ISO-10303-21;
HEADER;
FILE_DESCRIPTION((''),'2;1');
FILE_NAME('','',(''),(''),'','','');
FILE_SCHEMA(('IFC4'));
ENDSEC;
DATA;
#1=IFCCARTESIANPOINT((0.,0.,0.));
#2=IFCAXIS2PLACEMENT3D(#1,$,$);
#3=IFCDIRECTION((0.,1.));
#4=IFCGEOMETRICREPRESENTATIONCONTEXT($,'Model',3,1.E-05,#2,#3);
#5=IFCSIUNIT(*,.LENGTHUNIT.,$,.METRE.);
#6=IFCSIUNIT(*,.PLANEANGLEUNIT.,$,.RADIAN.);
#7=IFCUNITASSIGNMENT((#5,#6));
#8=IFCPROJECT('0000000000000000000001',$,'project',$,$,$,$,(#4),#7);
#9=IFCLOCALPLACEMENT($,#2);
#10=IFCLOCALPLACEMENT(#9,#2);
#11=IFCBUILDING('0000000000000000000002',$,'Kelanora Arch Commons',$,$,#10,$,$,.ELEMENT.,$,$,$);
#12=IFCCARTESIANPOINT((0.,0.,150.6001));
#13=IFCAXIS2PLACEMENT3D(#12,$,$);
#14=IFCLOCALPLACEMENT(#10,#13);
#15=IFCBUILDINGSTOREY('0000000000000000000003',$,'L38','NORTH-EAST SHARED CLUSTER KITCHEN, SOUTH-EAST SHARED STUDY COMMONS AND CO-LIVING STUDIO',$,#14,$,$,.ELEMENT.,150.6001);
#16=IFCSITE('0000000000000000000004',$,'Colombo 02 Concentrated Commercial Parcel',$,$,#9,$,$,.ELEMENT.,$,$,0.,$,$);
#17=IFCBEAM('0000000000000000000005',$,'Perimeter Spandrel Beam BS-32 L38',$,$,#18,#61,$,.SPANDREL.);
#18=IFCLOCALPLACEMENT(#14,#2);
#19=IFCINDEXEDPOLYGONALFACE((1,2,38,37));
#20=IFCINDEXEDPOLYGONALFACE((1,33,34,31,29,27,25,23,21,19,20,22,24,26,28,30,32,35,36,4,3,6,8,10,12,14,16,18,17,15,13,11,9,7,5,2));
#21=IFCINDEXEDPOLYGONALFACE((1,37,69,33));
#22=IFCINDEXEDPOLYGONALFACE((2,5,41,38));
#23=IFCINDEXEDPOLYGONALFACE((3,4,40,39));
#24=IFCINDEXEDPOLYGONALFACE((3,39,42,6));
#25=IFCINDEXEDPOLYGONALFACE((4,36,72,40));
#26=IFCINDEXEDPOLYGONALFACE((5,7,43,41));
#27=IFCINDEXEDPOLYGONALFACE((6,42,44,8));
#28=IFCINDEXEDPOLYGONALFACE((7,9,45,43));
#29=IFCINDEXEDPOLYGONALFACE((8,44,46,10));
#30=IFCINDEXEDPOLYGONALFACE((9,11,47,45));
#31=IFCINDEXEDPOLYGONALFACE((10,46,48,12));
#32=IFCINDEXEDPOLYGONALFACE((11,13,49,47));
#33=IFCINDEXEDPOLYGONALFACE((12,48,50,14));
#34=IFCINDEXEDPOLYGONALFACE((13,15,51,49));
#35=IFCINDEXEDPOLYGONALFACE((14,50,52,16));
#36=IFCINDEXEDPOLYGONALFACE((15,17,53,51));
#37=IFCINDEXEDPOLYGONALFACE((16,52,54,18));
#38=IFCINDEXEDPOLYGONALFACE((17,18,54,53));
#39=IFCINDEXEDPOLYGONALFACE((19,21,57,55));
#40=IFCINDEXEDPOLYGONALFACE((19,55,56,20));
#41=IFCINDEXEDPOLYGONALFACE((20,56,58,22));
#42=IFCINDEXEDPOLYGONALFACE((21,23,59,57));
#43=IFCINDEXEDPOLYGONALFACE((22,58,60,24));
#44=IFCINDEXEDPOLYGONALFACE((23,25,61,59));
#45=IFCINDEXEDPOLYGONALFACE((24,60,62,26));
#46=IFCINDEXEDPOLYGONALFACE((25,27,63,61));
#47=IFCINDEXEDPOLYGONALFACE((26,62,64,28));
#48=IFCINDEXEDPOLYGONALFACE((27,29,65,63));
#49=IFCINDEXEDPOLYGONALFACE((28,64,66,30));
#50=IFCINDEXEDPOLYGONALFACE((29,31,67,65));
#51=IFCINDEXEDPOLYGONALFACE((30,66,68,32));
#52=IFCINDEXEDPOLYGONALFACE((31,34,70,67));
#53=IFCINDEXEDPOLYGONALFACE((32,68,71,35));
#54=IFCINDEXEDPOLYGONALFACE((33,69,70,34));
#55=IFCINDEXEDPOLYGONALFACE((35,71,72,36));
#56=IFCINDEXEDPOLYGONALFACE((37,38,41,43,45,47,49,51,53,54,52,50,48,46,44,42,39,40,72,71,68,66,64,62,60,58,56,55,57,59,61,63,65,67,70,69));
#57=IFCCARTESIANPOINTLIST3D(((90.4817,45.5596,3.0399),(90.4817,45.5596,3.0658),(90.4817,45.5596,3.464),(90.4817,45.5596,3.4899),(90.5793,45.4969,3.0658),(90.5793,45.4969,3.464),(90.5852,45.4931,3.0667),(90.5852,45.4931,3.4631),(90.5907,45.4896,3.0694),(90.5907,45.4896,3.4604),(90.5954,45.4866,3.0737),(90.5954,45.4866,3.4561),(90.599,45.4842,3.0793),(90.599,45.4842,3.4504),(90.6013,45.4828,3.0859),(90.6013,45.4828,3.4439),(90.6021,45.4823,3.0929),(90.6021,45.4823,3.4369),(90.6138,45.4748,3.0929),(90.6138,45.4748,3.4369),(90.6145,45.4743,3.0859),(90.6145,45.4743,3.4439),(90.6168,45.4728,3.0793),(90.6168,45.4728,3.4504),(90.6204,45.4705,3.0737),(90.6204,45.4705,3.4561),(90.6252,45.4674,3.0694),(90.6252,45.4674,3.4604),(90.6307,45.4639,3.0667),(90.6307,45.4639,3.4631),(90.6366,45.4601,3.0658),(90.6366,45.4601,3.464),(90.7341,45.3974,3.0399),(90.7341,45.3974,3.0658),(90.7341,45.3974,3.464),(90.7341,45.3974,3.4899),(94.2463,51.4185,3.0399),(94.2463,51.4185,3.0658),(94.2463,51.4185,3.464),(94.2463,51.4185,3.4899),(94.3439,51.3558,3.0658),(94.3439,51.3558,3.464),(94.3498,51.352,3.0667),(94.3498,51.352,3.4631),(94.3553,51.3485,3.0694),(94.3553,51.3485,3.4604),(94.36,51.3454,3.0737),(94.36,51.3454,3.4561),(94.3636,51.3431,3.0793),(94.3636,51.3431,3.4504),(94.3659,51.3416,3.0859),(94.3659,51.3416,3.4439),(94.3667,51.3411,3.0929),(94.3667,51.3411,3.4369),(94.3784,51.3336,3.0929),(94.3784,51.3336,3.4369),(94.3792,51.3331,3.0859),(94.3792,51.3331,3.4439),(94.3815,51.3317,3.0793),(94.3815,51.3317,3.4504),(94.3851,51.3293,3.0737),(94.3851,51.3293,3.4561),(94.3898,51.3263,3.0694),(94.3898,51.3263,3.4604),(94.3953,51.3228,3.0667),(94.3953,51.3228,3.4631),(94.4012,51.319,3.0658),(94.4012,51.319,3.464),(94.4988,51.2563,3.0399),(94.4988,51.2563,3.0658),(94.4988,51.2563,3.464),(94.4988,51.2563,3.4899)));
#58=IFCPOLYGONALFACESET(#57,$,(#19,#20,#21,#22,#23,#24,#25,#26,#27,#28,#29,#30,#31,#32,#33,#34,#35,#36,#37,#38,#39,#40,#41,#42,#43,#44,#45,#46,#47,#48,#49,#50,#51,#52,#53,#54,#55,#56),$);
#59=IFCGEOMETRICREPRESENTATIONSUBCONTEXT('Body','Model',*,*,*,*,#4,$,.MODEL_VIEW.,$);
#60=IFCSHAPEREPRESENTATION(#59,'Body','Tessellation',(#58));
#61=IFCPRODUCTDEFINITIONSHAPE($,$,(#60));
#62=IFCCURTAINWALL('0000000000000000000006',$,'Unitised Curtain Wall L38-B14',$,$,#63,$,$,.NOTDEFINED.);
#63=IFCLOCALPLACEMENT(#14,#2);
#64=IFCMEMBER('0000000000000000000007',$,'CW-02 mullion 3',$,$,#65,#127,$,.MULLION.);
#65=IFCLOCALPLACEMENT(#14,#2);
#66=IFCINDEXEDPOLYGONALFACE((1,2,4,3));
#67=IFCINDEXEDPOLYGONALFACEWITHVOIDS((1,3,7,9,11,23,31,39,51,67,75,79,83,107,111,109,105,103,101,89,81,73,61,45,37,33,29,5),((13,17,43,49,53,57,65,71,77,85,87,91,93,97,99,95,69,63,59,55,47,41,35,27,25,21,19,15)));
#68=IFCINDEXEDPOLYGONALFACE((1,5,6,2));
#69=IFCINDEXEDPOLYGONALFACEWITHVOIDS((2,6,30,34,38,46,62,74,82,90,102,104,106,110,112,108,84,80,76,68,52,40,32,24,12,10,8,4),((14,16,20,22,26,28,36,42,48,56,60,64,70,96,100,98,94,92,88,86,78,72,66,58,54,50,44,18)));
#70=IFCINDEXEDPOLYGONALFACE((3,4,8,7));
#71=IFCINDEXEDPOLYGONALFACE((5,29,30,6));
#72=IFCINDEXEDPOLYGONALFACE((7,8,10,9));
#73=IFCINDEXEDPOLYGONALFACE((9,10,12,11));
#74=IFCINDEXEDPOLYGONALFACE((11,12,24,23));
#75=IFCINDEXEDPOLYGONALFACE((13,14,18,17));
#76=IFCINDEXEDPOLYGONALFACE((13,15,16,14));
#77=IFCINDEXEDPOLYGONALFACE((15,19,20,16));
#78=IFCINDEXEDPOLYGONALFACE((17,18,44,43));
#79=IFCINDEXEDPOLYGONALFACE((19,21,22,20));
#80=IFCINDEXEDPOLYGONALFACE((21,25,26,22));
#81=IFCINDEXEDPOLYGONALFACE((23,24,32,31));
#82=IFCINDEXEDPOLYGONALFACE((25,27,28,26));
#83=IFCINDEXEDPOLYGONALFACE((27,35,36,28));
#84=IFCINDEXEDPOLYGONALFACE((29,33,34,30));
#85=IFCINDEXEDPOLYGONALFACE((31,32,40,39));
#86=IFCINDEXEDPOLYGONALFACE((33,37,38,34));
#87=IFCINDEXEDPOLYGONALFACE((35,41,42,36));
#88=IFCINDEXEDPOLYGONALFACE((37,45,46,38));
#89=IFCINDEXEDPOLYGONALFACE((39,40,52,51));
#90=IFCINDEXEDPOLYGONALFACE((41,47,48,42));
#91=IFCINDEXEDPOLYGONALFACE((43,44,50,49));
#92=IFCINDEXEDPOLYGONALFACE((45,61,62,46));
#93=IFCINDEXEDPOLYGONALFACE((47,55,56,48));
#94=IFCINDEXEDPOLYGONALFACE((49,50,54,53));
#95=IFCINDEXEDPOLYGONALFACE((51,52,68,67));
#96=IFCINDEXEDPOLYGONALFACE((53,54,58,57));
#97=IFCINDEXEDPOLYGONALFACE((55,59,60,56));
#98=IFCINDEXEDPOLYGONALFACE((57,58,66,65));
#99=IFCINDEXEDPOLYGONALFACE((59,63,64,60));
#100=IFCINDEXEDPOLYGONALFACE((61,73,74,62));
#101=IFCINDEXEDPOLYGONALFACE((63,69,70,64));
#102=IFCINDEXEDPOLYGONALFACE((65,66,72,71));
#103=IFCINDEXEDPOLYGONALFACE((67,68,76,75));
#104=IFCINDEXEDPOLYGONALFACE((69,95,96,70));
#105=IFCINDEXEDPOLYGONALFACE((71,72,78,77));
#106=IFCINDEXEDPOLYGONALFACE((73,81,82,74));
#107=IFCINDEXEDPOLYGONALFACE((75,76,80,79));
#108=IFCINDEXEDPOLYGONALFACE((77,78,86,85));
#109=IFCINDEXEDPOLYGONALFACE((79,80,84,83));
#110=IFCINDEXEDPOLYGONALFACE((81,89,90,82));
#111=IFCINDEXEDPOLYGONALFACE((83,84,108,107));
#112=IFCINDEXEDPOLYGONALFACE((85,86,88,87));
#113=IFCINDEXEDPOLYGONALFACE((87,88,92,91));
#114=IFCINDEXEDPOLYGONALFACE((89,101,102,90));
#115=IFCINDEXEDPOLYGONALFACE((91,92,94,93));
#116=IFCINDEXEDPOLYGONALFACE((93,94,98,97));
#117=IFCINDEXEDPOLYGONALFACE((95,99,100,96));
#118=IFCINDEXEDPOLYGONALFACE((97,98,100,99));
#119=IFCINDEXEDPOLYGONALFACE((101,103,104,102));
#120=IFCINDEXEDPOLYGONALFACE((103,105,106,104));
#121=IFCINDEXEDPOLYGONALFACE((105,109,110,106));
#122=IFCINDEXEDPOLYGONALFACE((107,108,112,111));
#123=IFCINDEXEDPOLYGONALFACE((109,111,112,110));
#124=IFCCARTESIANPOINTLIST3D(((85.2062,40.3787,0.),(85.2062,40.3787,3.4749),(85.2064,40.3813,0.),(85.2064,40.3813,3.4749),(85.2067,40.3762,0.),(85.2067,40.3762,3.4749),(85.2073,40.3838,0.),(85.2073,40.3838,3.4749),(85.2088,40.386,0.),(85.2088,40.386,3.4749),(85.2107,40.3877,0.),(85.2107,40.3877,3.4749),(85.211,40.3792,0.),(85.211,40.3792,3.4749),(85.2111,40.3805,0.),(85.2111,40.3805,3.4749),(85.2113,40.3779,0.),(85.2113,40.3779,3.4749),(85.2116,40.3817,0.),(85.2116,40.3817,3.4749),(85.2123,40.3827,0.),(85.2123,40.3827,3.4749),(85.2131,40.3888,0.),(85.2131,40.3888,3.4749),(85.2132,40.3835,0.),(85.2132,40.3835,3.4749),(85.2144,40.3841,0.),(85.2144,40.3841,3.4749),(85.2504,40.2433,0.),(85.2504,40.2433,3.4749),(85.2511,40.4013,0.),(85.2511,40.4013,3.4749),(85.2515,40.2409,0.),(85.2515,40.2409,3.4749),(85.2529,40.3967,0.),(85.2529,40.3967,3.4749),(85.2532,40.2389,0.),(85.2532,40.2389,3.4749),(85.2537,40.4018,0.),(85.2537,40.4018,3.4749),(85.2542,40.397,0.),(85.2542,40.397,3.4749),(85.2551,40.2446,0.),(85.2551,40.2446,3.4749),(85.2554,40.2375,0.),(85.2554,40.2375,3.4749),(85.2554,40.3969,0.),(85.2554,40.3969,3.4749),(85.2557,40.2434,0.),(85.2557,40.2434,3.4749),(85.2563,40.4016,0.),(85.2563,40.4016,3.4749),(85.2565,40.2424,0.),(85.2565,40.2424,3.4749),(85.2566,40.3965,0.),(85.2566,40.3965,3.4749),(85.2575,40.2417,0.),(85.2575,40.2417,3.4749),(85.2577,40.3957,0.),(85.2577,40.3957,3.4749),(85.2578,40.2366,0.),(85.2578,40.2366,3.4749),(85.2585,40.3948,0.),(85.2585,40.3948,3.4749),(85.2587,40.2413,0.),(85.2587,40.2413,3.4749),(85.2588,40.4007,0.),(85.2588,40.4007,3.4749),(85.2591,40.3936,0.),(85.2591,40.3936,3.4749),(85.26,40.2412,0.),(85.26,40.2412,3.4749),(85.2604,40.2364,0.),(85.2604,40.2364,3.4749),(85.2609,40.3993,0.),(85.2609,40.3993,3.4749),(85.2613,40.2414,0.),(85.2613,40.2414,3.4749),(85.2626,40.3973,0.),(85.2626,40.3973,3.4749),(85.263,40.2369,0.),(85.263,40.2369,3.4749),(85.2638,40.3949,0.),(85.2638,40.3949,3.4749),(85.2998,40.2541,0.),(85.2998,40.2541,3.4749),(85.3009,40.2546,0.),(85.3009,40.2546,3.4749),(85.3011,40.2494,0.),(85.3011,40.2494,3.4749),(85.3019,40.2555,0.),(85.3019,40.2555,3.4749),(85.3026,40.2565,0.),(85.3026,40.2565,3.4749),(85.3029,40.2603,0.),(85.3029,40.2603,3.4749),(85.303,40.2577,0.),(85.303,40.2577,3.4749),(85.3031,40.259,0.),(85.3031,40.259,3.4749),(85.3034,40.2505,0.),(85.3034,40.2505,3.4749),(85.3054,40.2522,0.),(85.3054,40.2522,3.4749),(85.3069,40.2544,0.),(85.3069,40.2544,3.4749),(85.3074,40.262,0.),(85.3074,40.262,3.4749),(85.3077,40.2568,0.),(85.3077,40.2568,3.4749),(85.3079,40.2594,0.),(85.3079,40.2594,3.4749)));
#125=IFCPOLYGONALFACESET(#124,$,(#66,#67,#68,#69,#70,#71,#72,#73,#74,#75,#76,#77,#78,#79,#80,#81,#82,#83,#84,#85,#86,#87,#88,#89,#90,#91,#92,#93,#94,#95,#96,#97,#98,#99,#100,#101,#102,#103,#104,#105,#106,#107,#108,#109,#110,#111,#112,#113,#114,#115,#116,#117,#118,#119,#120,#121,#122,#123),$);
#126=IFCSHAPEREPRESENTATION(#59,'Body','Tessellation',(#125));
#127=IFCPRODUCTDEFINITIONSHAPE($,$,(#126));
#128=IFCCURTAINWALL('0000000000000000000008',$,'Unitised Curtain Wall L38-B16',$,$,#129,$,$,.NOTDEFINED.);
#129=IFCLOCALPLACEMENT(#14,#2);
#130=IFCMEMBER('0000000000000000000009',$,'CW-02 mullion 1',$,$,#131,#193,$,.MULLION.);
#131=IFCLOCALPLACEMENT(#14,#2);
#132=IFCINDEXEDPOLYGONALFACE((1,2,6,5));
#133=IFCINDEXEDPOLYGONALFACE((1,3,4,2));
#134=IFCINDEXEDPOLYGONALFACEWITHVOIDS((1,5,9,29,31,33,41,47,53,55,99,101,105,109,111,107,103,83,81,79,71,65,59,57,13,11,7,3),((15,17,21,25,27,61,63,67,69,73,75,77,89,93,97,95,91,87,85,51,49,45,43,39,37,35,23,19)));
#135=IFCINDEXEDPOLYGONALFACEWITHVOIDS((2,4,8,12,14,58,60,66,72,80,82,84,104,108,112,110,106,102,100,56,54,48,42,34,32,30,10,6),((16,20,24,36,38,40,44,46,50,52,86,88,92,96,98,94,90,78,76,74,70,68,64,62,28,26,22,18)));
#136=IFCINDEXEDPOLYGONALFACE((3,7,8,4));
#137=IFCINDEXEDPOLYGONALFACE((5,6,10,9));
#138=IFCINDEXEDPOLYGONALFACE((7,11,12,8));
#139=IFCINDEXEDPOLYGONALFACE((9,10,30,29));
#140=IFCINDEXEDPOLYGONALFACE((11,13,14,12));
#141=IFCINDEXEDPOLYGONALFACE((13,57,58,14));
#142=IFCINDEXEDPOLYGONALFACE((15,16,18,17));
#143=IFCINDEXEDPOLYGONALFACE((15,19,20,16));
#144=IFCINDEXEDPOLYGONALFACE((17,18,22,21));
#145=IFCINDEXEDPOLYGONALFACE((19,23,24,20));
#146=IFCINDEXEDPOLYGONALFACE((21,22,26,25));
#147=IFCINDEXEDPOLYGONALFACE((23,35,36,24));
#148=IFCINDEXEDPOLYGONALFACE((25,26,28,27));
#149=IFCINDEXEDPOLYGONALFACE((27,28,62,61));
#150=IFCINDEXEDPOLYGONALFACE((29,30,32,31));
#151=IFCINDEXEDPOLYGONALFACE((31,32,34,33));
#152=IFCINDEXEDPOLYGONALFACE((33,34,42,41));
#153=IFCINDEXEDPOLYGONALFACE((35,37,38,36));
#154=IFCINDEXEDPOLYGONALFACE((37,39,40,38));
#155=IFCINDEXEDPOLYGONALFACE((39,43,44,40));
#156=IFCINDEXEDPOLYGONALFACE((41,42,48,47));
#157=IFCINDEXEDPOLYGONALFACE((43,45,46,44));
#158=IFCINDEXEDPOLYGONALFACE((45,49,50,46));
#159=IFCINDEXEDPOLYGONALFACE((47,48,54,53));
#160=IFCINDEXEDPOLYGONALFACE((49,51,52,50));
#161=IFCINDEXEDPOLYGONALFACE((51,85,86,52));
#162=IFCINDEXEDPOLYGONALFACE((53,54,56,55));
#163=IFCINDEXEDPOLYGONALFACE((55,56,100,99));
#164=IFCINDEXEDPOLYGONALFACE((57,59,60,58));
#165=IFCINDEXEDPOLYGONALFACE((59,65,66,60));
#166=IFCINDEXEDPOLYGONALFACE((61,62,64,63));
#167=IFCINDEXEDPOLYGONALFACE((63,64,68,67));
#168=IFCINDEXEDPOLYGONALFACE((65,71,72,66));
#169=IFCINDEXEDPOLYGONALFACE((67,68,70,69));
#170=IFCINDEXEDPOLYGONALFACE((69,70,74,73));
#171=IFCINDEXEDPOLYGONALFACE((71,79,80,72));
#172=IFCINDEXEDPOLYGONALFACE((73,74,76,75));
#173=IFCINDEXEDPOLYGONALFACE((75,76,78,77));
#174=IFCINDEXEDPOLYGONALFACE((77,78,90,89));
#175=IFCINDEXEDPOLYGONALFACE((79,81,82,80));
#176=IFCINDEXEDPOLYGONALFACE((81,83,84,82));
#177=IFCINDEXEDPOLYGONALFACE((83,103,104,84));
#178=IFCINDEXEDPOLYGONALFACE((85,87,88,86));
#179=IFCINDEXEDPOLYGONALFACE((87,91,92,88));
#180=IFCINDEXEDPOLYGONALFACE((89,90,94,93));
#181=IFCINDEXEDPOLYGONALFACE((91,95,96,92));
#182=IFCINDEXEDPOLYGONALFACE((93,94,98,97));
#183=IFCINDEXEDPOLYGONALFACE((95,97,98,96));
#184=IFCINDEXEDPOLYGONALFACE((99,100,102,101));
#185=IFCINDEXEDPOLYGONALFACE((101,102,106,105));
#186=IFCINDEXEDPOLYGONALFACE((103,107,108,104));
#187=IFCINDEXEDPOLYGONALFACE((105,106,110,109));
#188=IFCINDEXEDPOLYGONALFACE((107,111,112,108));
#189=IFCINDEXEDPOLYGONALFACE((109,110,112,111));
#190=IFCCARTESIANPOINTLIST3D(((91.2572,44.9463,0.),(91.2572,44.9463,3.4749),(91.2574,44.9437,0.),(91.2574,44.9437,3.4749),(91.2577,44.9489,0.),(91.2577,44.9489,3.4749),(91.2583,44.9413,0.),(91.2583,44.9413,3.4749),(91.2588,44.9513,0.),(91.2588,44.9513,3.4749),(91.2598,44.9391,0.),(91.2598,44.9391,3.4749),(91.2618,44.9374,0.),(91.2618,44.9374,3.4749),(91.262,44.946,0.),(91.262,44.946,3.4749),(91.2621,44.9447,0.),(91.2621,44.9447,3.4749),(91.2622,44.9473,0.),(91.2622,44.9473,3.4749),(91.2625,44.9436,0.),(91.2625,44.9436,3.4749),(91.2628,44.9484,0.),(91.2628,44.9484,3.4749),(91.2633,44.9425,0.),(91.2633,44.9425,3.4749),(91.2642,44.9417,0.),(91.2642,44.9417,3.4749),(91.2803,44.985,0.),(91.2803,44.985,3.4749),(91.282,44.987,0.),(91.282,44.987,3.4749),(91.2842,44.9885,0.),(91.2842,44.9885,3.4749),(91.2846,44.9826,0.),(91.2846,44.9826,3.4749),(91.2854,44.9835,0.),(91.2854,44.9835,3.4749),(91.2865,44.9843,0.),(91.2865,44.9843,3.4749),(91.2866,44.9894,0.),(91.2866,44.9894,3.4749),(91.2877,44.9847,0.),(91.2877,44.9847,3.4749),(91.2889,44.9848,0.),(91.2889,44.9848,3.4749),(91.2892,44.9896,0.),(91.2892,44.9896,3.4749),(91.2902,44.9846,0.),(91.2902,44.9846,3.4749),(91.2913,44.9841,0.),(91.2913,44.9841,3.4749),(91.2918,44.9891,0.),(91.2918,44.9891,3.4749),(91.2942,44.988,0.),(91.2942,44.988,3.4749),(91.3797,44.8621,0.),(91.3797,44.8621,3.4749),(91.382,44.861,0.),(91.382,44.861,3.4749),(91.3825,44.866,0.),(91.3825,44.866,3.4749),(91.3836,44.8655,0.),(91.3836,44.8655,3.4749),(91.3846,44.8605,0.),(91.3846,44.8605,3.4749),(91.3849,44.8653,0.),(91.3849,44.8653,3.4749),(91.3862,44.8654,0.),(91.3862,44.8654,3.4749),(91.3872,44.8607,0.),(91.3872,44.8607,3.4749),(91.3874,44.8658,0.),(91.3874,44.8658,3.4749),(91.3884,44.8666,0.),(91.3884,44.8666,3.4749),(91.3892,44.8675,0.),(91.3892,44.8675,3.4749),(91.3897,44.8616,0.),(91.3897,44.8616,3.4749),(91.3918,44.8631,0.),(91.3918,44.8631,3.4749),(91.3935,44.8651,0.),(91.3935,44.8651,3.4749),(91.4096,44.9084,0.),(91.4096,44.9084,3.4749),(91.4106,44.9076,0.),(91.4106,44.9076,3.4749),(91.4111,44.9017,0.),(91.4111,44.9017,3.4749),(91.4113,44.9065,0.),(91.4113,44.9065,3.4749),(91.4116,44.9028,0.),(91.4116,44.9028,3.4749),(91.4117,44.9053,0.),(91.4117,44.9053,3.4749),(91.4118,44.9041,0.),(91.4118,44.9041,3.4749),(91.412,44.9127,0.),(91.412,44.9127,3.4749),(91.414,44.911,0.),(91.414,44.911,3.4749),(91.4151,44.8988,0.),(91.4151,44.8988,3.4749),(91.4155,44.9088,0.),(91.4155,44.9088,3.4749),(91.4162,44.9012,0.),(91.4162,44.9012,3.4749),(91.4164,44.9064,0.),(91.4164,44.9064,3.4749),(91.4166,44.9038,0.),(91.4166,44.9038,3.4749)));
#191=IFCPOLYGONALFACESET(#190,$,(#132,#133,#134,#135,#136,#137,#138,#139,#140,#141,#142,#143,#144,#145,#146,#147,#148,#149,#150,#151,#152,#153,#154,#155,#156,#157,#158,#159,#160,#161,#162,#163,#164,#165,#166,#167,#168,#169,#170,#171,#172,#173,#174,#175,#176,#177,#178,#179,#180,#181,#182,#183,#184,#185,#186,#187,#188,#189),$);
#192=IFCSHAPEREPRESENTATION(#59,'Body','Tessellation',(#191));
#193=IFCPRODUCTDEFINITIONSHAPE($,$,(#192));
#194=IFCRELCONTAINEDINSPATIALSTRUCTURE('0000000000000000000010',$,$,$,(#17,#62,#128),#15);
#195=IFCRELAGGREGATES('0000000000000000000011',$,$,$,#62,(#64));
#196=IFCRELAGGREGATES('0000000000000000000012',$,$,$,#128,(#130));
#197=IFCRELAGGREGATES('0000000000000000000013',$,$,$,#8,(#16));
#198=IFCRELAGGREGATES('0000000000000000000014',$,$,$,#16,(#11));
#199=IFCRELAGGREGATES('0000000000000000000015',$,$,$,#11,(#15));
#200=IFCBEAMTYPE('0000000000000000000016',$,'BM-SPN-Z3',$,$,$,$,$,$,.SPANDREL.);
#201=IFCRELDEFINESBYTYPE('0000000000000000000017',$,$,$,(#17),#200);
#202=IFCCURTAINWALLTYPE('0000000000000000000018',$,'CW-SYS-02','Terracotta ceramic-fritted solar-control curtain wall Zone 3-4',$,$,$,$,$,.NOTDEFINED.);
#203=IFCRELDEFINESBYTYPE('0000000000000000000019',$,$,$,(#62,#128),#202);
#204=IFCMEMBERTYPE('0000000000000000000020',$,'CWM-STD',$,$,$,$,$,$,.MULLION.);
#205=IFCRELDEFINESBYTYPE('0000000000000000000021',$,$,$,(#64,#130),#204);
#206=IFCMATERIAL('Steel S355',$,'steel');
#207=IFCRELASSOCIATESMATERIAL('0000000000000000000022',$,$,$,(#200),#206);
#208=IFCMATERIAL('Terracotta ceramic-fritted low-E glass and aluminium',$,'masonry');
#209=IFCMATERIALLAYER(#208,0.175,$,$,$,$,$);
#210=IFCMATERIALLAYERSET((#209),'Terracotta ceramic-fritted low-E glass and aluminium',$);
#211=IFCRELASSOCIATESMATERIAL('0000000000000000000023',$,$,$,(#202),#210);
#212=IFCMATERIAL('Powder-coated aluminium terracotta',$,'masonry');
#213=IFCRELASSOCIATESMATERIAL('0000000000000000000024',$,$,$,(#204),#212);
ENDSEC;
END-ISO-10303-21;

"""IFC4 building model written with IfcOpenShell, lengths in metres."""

from ifc_helpers import new_model, si_unit, direction, frame, origin, origin_2d, place, context, subcontext, project, spatial, hollow_rectangle, i_section, extrude, material, layer, layer_set, material_profile, profile_set, type_object, element, aggregate, save


model = new_model("IFC4")

# Units and contexts
model_context = context("Model", 3, precision=1e-05, world=origin(), true_north=direction((0.0, 1.0)))
body_context = subcontext(model_context, "Body", "Model", "MODEL_VIEW")
ifc_project = project(units=[si_unit("LENGTHUNIT", "METRE"), si_unit("PLANEANGLEUNIT", "RADIAN")], contexts=[model_context])

# Site, building, storey
site_placement = place(None, origin())
site = spatial("IfcSite", under=ifc_project, at=site_placement, Name="Colombo 02 Concentrated Commercial Parcel", CompositionType="ELEMENT", RefElevation=0.0)
building_placement = place(site_placement, origin())
building = spatial("IfcBuilding", under=site, at=building_placement, Name="Kelanora Arch Commons", CompositionType="ELEMENT")
storey_placement = place(building_placement, frame((0.0, 0.0, 150.6001)))
storey = spatial("IfcBuildingStorey", under=building, at=storey_placement, Name="L38", Description="NORTH-EAST SHARED CLUSTER KITCHEN, SOUTH-EAST SHARED STUDY COMMONS AND CO-LIVING STUDIO", CompositionType="ELEMENT", Elevation=150.6001)

# Beam
ifc_material_1 = material(Name="Steel S355", Category="steel")
ifc_material_profile_1 = material_profile(ifc_material_1, i_section(OverallWidth=0.3, OverallDepth=0.45, WebThickness=0.0139, FlangeThickness=0.0259, FilletRadius=0.0271, at=origin_2d()), Name="HEB450")
ifc_profile_set_1 = profile_set([ifc_material_profile_1], Name="Steel S355")
beam_type_1 = type_object("IfcBeamType", Name="BM-SPN-Z3", PredefinedType="SPANDREL", material=ifc_profile_set_1)
beam_1_placement = place(storey_placement, frame((90.6079, 45.4785, 3.2649), z_axis=(0.540577, 0.841295, 0.0), x_axis=(-0.841295, 0.540577, 0.0)))
element("IfcBeam", 1, at=beam_1_placement, inside=storey, type_object=beam_type_1, Name="Perimeter Spandrel Beam BS-32 L38", PredefinedType="SPANDREL", context=body_context, shape_type="SweptSolid", body=[
    extrude(i_section(OverallWidth=0.3, OverallDepth=0.45, WebThickness=0.0139, FlangeThickness=0.0259, FilletRadius=0.0271, at=origin_2d()), origin(), (0.0, 0.0, 1.0), 6.9641),
])

# Curtain wall, member
ifc_material_2 = material(Name="Terracotta ceramic-fritted low-E glass and aluminium", Category="masonry")
ifc_layer_1 = layer(ifc_material_2, 0.175)
ifc_layer_set_1 = layer_set([ifc_layer_1], Name="Terracotta ceramic-fritted low-E glass and aluminium")
curtain_wall_type = type_object("IfcCurtainWallType", Name="CW-SYS-02", Description="Terracotta ceramic-fritted solar-control curtain wall Zone 3-4", PredefinedType="NOTDEFINED", material=ifc_layer_set_1)
curtain_wall_1_placement = place(storey_placement, origin())
curtain_wall_1 = element("IfcCurtainWall", 2, at=curtain_wall_1_placement, inside=storey, type_object=curtain_wall_type, Name="Unitised Curtain Wall L38-B14", PredefinedType="NOTDEFINED")
ifc_material_3 = material(Name="Powder-coated aluminium terracotta", Category="masonry")
ifc_material_profile_2 = material_profile(ifc_material_3, hollow_rectangle(XDim=0.1599, YDim=0.0601, WallThickness=0.0049, InnerFilletRadius=0.0049, OuterFilletRadius=0.01, at=origin_2d()), Name="CWM160x60")
ifc_profile_set_2 = profile_set([ifc_material_profile_2], Name="Powder-coated aluminium terracotta")
member_type_1 = type_object("IfcMemberType", Name="CWM-STD", PredefinedType="MULLION", material=ifc_profile_set_2)
member_1_placement = place(storey_placement, frame((85.2571, 40.3191, 0.0), z_axis=(0.0, 0.0, 1.0), x_axis=(-0.312128, 0.95004, 0.0)))
member_1 = element("IfcMember", 3, at=member_1_placement, type_object=member_type_1, Name="CW-02 mullion 3", PredefinedType="MULLION", context=body_context, shape_type="SweptSolid", body=[
    extrude(hollow_rectangle(XDim=0.1599, YDim=0.0601, WallThickness=0.0049, InnerFilletRadius=0.0049, OuterFilletRadius=0.01, at=origin_2d()), origin(), (0.0, 0.0, 1.0), 3.4749),
])

# Curtain wall, member
curtain_wall_2_placement = place(storey_placement, origin())
curtain_wall_2 = element("IfcCurtainWall", 4, at=curtain_wall_2_placement, inside=storey, type_object=curtain_wall_type, Name="Unitised Curtain Wall L38-B16", PredefinedType="NOTDEFINED")
member_2_placement = place(storey_placement, frame((91.3369, 44.925, 0.0), z_axis=(0.0, 0.0, 1.0), x_axis=(-0.842423, 0.538817, 0.0)))
member_2 = element("IfcMember", 5, at=member_2_placement, type_object=member_type_1, Name="CW-02 mullion 1", PredefinedType="MULLION", context=body_context, shape_type="SweptSolid", body=[
    extrude(hollow_rectangle(XDim=0.1599, YDim=0.0601, WallThickness=0.0049, InnerFilletRadius=0.0049, OuterFilletRadius=0.01, at=origin_2d()), origin(), (0.0, 0.0, 1.0), 3.4749),
])

aggregate(curtain_wall_1, [member_1])
aggregate(curtain_wall_2, [member_2])

save(model, "model.ifc")
